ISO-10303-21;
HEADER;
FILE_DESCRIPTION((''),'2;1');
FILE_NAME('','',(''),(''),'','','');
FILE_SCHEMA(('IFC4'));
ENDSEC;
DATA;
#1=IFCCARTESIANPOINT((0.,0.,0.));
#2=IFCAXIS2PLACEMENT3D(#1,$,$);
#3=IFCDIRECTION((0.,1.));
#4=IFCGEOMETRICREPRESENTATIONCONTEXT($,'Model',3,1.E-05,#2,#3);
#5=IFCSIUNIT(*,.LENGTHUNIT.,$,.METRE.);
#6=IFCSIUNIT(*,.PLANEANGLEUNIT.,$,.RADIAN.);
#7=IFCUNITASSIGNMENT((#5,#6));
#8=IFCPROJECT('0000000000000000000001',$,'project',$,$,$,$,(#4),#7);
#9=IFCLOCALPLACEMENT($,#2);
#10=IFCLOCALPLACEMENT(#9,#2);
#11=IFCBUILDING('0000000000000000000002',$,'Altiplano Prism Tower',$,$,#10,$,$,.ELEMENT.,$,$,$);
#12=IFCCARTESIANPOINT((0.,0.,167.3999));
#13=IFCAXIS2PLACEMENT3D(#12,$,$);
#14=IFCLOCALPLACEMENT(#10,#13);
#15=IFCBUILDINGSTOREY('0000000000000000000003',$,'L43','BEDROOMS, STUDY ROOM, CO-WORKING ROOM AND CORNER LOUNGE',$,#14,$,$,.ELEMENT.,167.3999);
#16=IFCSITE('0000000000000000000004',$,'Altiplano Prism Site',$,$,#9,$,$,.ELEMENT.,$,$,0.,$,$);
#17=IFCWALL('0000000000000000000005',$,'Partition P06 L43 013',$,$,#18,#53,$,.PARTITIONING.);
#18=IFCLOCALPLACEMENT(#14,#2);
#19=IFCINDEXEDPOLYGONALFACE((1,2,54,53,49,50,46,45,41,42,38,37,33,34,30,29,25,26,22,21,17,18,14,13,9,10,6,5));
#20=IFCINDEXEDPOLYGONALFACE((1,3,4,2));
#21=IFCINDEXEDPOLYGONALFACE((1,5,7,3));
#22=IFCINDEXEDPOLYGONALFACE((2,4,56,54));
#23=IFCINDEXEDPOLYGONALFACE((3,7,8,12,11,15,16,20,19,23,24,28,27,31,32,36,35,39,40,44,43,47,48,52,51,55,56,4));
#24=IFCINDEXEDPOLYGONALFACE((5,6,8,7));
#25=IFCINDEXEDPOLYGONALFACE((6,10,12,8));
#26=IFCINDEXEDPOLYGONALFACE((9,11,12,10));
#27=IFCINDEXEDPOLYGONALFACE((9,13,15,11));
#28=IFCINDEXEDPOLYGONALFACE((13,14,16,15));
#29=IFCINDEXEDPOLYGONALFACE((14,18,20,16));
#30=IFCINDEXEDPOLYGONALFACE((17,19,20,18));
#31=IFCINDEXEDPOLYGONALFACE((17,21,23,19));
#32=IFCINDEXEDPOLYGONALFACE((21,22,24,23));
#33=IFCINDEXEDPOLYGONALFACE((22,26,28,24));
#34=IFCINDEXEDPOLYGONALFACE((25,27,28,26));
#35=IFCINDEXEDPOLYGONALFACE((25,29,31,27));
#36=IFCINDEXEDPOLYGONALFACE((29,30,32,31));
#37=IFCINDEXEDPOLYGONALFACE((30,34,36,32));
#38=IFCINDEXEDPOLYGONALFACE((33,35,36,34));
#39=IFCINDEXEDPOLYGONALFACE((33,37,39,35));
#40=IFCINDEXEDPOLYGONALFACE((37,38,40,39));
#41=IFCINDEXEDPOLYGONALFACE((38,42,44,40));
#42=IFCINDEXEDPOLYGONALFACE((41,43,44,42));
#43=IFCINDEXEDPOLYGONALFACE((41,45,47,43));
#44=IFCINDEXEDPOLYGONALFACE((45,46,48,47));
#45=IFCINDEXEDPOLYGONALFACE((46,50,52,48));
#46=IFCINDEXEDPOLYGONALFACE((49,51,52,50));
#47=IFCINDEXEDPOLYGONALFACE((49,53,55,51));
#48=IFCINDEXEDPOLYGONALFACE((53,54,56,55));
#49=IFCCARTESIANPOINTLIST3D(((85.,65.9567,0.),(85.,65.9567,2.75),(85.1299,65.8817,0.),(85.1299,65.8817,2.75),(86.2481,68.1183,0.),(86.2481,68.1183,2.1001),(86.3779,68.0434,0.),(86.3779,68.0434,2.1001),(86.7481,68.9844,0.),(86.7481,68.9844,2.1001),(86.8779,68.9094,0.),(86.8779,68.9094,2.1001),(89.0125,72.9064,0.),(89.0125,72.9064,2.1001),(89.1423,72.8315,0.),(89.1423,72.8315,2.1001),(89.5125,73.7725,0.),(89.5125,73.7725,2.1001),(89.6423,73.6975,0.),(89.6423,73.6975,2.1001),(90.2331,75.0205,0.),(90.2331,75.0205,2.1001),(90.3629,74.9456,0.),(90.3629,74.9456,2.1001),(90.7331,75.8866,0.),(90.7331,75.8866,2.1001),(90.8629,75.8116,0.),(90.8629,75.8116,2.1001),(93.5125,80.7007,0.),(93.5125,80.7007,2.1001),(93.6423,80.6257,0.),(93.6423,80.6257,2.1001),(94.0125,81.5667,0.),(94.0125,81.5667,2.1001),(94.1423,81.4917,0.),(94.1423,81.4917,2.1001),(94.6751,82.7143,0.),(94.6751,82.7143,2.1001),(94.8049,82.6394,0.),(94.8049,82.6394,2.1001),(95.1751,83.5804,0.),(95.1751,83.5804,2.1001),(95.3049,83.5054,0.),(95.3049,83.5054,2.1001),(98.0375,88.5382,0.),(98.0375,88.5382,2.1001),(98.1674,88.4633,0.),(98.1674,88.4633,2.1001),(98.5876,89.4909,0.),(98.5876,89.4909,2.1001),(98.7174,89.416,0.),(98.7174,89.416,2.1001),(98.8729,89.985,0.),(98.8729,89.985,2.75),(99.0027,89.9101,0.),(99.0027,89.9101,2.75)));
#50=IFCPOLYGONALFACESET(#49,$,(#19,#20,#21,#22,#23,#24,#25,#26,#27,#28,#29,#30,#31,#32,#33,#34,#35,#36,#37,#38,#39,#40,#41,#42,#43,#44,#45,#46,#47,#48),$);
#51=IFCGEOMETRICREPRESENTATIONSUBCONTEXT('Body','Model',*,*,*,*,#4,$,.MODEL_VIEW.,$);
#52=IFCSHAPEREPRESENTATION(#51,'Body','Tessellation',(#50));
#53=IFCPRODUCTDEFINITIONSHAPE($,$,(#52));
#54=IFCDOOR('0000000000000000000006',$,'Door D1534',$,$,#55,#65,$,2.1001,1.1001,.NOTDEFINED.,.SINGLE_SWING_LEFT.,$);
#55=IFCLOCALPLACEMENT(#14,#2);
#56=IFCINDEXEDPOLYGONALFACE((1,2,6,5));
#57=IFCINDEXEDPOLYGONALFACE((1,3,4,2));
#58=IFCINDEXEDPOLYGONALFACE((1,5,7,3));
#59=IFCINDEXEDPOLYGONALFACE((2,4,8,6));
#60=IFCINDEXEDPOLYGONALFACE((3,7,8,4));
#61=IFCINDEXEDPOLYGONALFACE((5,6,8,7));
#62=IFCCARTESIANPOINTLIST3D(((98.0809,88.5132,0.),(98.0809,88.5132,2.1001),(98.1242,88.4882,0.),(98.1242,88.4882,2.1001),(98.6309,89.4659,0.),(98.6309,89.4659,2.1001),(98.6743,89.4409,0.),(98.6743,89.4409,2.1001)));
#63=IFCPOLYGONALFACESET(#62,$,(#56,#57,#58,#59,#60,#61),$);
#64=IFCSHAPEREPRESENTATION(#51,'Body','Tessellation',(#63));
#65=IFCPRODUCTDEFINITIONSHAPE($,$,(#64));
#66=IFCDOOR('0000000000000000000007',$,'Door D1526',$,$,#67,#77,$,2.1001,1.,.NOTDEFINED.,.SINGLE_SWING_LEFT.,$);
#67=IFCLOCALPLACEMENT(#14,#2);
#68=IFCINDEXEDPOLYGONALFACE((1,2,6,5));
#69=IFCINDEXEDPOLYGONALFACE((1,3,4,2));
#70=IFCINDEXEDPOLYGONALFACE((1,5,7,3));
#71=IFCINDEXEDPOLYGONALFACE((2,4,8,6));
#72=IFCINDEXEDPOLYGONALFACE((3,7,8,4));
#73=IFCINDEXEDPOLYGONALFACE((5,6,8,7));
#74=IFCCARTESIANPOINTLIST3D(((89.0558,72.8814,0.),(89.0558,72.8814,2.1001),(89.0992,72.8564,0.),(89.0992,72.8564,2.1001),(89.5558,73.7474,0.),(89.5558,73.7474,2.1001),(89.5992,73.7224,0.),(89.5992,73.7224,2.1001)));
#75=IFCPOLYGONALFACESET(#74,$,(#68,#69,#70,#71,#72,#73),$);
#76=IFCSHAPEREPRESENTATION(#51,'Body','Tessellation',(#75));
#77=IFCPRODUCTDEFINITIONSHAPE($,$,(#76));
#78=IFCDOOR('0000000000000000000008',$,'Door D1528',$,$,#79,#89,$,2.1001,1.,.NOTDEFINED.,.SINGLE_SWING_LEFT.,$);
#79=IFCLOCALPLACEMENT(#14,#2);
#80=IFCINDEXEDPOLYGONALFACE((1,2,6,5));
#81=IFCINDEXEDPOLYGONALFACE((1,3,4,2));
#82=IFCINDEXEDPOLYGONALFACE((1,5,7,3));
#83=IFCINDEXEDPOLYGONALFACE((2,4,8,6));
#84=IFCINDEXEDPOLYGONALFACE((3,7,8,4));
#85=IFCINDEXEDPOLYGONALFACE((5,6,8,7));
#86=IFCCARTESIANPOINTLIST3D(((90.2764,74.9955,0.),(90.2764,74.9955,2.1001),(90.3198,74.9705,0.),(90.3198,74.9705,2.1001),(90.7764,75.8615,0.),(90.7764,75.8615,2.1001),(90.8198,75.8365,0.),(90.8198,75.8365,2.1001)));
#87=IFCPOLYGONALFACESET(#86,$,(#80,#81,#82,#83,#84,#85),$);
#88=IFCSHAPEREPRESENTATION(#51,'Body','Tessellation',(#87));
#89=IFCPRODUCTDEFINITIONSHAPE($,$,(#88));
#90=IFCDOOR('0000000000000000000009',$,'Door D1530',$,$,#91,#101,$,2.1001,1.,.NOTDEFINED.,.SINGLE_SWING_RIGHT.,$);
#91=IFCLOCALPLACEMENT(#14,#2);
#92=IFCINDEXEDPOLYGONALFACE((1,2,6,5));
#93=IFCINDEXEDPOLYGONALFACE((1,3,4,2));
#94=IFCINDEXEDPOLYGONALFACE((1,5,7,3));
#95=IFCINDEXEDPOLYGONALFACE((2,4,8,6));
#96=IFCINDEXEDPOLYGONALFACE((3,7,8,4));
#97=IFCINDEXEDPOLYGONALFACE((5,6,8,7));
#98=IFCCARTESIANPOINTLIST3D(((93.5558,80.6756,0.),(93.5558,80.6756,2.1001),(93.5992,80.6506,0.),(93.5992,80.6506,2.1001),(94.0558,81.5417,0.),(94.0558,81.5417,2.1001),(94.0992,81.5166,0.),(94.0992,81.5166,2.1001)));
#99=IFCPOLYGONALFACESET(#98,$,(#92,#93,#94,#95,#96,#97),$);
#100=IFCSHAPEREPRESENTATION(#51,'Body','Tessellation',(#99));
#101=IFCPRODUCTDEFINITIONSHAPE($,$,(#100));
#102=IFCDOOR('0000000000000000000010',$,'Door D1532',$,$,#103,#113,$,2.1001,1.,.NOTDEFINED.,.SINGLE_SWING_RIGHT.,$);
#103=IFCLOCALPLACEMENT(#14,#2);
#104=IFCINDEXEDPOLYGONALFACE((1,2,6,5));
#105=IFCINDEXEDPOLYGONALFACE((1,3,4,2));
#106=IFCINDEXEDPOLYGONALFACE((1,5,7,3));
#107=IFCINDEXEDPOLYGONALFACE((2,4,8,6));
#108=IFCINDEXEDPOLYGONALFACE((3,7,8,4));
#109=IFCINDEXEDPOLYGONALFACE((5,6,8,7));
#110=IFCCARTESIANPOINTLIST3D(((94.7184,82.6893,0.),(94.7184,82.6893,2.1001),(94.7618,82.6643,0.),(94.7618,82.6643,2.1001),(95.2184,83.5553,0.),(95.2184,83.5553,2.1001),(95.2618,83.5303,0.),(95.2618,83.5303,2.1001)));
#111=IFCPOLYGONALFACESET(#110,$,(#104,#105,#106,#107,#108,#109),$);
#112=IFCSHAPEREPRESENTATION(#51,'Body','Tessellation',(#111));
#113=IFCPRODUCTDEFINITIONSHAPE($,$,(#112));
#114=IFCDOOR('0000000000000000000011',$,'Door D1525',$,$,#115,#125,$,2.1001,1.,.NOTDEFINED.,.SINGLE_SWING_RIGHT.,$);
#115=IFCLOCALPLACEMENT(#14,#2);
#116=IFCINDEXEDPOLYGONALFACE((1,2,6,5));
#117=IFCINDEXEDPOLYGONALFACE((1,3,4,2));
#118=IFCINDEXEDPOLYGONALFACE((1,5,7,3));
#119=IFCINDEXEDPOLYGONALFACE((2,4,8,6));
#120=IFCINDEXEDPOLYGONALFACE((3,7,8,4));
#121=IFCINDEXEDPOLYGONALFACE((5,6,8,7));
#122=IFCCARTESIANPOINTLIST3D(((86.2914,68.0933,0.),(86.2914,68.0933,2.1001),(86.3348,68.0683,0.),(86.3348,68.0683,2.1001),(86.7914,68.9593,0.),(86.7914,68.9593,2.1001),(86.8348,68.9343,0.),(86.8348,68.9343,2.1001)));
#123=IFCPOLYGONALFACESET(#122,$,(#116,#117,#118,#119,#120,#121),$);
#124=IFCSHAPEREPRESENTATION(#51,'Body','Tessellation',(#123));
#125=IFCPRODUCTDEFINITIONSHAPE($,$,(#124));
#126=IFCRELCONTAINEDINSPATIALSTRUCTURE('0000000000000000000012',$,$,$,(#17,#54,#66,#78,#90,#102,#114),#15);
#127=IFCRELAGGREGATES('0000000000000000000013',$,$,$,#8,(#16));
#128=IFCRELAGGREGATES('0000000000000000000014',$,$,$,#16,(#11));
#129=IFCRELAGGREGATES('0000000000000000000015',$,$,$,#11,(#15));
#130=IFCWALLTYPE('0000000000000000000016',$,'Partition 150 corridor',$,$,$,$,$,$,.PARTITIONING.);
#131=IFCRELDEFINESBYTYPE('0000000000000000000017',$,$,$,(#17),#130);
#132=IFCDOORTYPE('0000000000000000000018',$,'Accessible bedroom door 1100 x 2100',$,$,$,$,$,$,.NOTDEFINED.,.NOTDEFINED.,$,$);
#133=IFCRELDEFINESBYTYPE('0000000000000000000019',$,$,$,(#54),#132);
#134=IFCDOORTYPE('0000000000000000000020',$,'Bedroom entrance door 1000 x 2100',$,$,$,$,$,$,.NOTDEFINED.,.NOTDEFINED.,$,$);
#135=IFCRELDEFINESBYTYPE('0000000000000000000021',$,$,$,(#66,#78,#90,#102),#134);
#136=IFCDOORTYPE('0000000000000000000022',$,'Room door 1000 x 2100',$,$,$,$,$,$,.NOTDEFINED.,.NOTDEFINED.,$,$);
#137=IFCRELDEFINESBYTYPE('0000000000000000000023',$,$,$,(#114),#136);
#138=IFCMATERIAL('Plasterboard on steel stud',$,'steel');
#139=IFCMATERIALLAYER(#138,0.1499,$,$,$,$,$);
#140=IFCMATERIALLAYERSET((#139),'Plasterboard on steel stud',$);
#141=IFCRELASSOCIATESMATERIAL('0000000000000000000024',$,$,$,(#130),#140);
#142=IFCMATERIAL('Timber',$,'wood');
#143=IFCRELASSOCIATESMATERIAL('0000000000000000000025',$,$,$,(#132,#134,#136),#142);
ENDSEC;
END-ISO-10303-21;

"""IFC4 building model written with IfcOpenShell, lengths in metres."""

from ifc_helpers import new_model, si_unit, direction, frame, frame_2d, origin, place, context, subcontext, project, spatial, rectangle, extrude, material, layer, layer_set, type_object, element, fill, save


model = new_model("IFC4")

# Units and contexts
model_context = context("Model", 3, precision=1e-05, world=origin(), true_north=direction((0.0, 1.0)))
body_context = subcontext(model_context, "Body", "Model", "MODEL_VIEW")
ifc_project = project(units=[si_unit("LENGTHUNIT", "METRE"), si_unit("PLANEANGLEUNIT", "RADIAN")], contexts=[model_context])

# Site, building, storey
site_placement = place(None, origin())
site = spatial("IfcSite", under=ifc_project, at=site_placement, Name="Altiplano Prism Site", CompositionType="ELEMENT", RefElevation=0.0)
building_placement = place(site_placement, origin())
building = spatial("IfcBuilding", under=site, at=building_placement, Name="Altiplano Prism Tower", CompositionType="ELEMENT")
storey_placement = place(building_placement, frame((0.0, 0.0, 167.3999)))
storey = spatial("IfcBuildingStorey", under=building, at=storey_placement, Name="L43", Description="BEDROOMS, STUDY ROOM, CO-WORKING ROOM AND CORNER LOUNGE", CompositionType="ELEMENT", Elevation=167.3999)

# Shared definitions
ifc_material_1 = material(Name="Plasterboard on steel stud", Category="steel")
ifc_material_2 = material(Name="Timber", Category="wood")

# Wall, openings, doors
ifc_layer_1 = layer(ifc_material_1, 0.1499)
ifc_layer_set_1 = layer_set([ifc_layer_1], Name="Plasterboard on steel stud")
wall_type_1 = type_object("IfcWallType", Name="Partition 150 corridor", PredefinedType="PARTITIONING", material=ifc_layer_set_1)
wall_1_placement = place(storey_placement, frame((85.0649, 65.9192, 0.0), z_axis=(0.0, 0.0, 1.0), x_axis=(0.500001, 0.866025, 0.0)))
wall_1 = element("IfcWall", 1, at=wall_1_placement, inside=storey, type_object=wall_type_1, Name="Partition P06 L43 013", PredefinedType="PARTITIONING", context=body_context, shape_type="SweptSolid", body=[
    extrude(rectangle(XDim=27.7456, YDim=0.1499, at=frame_2d((13.8728, 0.0))), origin(), (0.0, 0.0, 1.0), 2.75),
])
opening_1_placement = place(wall_1_placement, frame((2.4961, 0.0, 0.0)))
opening_1 = element("IfcOpeningElement", 2, at=opening_1_placement, cuts=wall_1, PredefinedType="OPENING", context=body_context, shape_type="SweptSolid", body=[
    extrude(rectangle(XDim=1.0, YDim=2.1001, at=frame_2d((0.5, 1.05))), frame((0.0, 0.0854, 0.0), z_axis=(0.0, -1.0, 0.0), x_axis=(1.0, 0.0, 0.0)), (0.0, 0.0, 1.0), 0.1709),
])
opening_2_placement = place(wall_1_placement, frame((8.0249, 0.0, 0.0)))
opening_2 = element("IfcOpeningElement", 3, at=opening_2_placement, cuts=wall_1, PredefinedType="OPENING", context=body_context, shape_type="SweptSolid", body=[
    extrude(rectangle(XDim=1.0, YDim=2.1001, at=frame_2d((0.5, 1.05))), frame((0.0, 0.0854, 0.0), z_axis=(0.0, -1.0, 0.0), x_axis=(1.0, 0.0, 0.0)), (0.0, 0.0, 1.0), 0.1709),
])
opening_3_placement = place(wall_1_placement, frame((10.4661, 0.0, 0.0)))
opening_3 = element("IfcOpeningElement", 4, at=opening_3_placement, cuts=wall_1, PredefinedType="OPENING", context=body_context, shape_type="SweptSolid", body=[
    extrude(rectangle(XDim=1.0, YDim=2.1001, at=frame_2d((0.5, 1.05))), frame((0.0, 0.0854, 0.0), z_axis=(0.0, -1.0, 0.0), x_axis=(1.0, 0.0, 0.0)), (0.0, 0.0, 1.0), 0.1709),
])
opening_4_placement = place(wall_1_placement, frame((17.0249, 0.0, 0.0)))
opening_4 = element("IfcOpeningElement", 5, at=opening_4_placement, cuts=wall_1, PredefinedType="OPENING", context=body_context, shape_type="SweptSolid", body=[
    extrude(rectangle(XDim=1.0, YDim=2.1001, at=frame_2d((0.5, 1.05))), frame((0.0, 0.0854, 0.0), z_axis=(0.0, -1.0, 0.0), x_axis=(1.0, 0.0, 0.0)), (0.0, 0.0, 1.0), 0.1709),
])
opening_5_placement = place(wall_1_placement, frame((19.3501, 0.0, 0.0)))
opening_5 = element("IfcOpeningElement", 6, at=opening_5_placement, cuts=wall_1, PredefinedType="OPENING", context=body_context, shape_type="SweptSolid", body=[
    extrude(rectangle(XDim=1.0, YDim=2.1001, at=frame_2d((0.5, 1.05))), frame((0.0, 0.0854, 0.0), z_axis=(0.0, -1.0, 0.0), x_axis=(1.0, 0.0, 0.0)), (0.0, 0.0, 1.0), 0.1709),
])
opening_6_placement = place(wall_1_placement, frame((26.075, 0.0, 0.0)))
opening_6 = element("IfcOpeningElement", 7, at=opening_6_placement, cuts=wall_1, PredefinedType="OPENING", context=body_context, shape_type="SweptSolid", body=[
    extrude(rectangle(XDim=1.1001, YDim=2.1001, at=frame_2d((0.55, 1.05))), frame((0.0, 0.0854, 0.0), z_axis=(0.0, -1.0, 0.0), x_axis=(1.0, 0.0, 0.0)), (0.0, 0.0, 1.0), 0.1709),
])
door_type_1 = type_object("IfcDoorType", Name="Accessible bedroom door 1100 x 2100", OperationType="NOTDEFINED", PredefinedType="NOTDEFINED", material=ifc_material_2)
door_1_placement = place(opening_6_placement, origin())
door_1 = element("IfcDoor", 8, at=door_1_placement, inside=storey, type_object=door_type_1, Name="Door D1534", OperationType="SINGLE_SWING_LEFT", OverallHeight=2.1001, OverallWidth=1.1001, PredefinedType="NOTDEFINED", context=body_context, shape_type="SweptSolid", body=[
    extrude(rectangle(XDim=1.1001, YDim=2.1001, at=frame_2d((0.55, 1.05))), frame((0.0, 0.0249, 0.0), z_axis=(0.0, -1.0, 0.0), x_axis=(1.0, 0.0, 0.0)), (0.0, 0.0, 1.0), 0.05),
])
fill(opening_6, door_1)
door_type_2 = type_object("IfcDoorType", Name="Bedroom entrance door 1000 x 2100", OperationType="NOTDEFINED", PredefinedType="NOTDEFINED", material=ifc_material_2)
door_2_placement = place(opening_2_placement, origin())
door_2 = element("IfcDoor", 9, at=door_2_placement, inside=storey, type_object=door_type_2, Name="Door D1526", OperationType="SINGLE_SWING_LEFT", OverallHeight=2.1001, OverallWidth=1.0, PredefinedType="NOTDEFINED", context=body_context, shape_type="SweptSolid", body=[
    extrude(rectangle(XDim=1.0, YDim=2.1001, at=frame_2d((0.5, 1.05))), frame((0.0, 0.0249, 0.0), z_axis=(0.0, -1.0, 0.0), x_axis=(1.0, 0.0, 0.0)), (0.0, 0.0, 1.0), 0.05),
])
fill(opening_2, door_2)
door_3_placement = place(opening_3_placement, origin())
door_3 = element("IfcDoor", 10, at=door_3_placement, inside=storey, type_object=door_type_2, Name="Door D1528", OperationType="SINGLE_SWING_LEFT", OverallHeight=2.1001, OverallWidth=1.0, PredefinedType="NOTDEFINED", context=body_context, shape_type="SweptSolid", body=[
    extrude(rectangle(XDim=1.0, YDim=2.1001, at=frame_2d((0.5, 1.05))), frame((0.0, 0.0249, 0.0), z_axis=(0.0, -1.0, 0.0), x_axis=(1.0, 0.0, 0.0)), (0.0, 0.0, 1.0), 0.05),
])
fill(opening_3, door_3)
door_4_placement = place(opening_4_placement, origin())
door_4 = element("IfcDoor", 11, at=door_4_placement, inside=storey, type_object=door_type_2, Name="Door D1530", OperationType="SINGLE_SWING_RIGHT", OverallHeight=2.1001, OverallWidth=1.0, PredefinedType="NOTDEFINED", context=body_context, shape_type="SweptSolid", body=[
    extrude(rectangle(XDim=1.0, YDim=2.1001, at=frame_2d((0.5, 1.05))), frame((0.0, 0.0249, 0.0), z_axis=(0.0, -1.0, 0.0), x_axis=(1.0, 0.0, 0.0)), (0.0, 0.0, 1.0), 0.05),
])
fill(opening_4, door_4)
door_5_placement = place(opening_5_placement, origin())
door_5 = element("IfcDoor", 12, at=door_5_placement, inside=storey, type_object=door_type_2, Name="Door D1532", OperationType="SINGLE_SWING_RIGHT", OverallHeight=2.1001, OverallWidth=1.0, PredefinedType="NOTDEFINED", context=body_context, shape_type="SweptSolid", body=[
    extrude(rectangle(XDim=1.0, YDim=2.1001, at=frame_2d((0.5, 1.05))), frame((0.0, 0.0249, 0.0), z_axis=(0.0, -1.0, 0.0), x_axis=(1.0, 0.0, 0.0)), (0.0, 0.0, 1.0), 0.05),
])
fill(opening_5, door_5)
door_type_3 = type_object("IfcDoorType", Name="Room door 1000 x 2100", OperationType="NOTDEFINED", PredefinedType="NOTDEFINED", material=ifc_material_2)
door_6_placement = place(opening_1_placement, origin())
door_6 = element("IfcDoor", 13, at=door_6_placement, inside=storey, type_object=door_type_3, Name="Door D1525", OperationType="SINGLE_SWING_RIGHT", OverallHeight=2.1001, OverallWidth=1.0, PredefinedType="NOTDEFINED", context=body_context, shape_type="SweptSolid", body=[
    extrude(rectangle(XDim=1.0, YDim=2.1001, at=frame_2d((0.5, 1.05))), frame((0.0, 0.0249, 0.0), z_axis=(0.0, -1.0, 0.0), x_axis=(1.0, 0.0, 0.0)), (0.0, 0.0, 1.0), 0.05),
])
fill(opening_1, door_6)

save(model, "model.ifc")
